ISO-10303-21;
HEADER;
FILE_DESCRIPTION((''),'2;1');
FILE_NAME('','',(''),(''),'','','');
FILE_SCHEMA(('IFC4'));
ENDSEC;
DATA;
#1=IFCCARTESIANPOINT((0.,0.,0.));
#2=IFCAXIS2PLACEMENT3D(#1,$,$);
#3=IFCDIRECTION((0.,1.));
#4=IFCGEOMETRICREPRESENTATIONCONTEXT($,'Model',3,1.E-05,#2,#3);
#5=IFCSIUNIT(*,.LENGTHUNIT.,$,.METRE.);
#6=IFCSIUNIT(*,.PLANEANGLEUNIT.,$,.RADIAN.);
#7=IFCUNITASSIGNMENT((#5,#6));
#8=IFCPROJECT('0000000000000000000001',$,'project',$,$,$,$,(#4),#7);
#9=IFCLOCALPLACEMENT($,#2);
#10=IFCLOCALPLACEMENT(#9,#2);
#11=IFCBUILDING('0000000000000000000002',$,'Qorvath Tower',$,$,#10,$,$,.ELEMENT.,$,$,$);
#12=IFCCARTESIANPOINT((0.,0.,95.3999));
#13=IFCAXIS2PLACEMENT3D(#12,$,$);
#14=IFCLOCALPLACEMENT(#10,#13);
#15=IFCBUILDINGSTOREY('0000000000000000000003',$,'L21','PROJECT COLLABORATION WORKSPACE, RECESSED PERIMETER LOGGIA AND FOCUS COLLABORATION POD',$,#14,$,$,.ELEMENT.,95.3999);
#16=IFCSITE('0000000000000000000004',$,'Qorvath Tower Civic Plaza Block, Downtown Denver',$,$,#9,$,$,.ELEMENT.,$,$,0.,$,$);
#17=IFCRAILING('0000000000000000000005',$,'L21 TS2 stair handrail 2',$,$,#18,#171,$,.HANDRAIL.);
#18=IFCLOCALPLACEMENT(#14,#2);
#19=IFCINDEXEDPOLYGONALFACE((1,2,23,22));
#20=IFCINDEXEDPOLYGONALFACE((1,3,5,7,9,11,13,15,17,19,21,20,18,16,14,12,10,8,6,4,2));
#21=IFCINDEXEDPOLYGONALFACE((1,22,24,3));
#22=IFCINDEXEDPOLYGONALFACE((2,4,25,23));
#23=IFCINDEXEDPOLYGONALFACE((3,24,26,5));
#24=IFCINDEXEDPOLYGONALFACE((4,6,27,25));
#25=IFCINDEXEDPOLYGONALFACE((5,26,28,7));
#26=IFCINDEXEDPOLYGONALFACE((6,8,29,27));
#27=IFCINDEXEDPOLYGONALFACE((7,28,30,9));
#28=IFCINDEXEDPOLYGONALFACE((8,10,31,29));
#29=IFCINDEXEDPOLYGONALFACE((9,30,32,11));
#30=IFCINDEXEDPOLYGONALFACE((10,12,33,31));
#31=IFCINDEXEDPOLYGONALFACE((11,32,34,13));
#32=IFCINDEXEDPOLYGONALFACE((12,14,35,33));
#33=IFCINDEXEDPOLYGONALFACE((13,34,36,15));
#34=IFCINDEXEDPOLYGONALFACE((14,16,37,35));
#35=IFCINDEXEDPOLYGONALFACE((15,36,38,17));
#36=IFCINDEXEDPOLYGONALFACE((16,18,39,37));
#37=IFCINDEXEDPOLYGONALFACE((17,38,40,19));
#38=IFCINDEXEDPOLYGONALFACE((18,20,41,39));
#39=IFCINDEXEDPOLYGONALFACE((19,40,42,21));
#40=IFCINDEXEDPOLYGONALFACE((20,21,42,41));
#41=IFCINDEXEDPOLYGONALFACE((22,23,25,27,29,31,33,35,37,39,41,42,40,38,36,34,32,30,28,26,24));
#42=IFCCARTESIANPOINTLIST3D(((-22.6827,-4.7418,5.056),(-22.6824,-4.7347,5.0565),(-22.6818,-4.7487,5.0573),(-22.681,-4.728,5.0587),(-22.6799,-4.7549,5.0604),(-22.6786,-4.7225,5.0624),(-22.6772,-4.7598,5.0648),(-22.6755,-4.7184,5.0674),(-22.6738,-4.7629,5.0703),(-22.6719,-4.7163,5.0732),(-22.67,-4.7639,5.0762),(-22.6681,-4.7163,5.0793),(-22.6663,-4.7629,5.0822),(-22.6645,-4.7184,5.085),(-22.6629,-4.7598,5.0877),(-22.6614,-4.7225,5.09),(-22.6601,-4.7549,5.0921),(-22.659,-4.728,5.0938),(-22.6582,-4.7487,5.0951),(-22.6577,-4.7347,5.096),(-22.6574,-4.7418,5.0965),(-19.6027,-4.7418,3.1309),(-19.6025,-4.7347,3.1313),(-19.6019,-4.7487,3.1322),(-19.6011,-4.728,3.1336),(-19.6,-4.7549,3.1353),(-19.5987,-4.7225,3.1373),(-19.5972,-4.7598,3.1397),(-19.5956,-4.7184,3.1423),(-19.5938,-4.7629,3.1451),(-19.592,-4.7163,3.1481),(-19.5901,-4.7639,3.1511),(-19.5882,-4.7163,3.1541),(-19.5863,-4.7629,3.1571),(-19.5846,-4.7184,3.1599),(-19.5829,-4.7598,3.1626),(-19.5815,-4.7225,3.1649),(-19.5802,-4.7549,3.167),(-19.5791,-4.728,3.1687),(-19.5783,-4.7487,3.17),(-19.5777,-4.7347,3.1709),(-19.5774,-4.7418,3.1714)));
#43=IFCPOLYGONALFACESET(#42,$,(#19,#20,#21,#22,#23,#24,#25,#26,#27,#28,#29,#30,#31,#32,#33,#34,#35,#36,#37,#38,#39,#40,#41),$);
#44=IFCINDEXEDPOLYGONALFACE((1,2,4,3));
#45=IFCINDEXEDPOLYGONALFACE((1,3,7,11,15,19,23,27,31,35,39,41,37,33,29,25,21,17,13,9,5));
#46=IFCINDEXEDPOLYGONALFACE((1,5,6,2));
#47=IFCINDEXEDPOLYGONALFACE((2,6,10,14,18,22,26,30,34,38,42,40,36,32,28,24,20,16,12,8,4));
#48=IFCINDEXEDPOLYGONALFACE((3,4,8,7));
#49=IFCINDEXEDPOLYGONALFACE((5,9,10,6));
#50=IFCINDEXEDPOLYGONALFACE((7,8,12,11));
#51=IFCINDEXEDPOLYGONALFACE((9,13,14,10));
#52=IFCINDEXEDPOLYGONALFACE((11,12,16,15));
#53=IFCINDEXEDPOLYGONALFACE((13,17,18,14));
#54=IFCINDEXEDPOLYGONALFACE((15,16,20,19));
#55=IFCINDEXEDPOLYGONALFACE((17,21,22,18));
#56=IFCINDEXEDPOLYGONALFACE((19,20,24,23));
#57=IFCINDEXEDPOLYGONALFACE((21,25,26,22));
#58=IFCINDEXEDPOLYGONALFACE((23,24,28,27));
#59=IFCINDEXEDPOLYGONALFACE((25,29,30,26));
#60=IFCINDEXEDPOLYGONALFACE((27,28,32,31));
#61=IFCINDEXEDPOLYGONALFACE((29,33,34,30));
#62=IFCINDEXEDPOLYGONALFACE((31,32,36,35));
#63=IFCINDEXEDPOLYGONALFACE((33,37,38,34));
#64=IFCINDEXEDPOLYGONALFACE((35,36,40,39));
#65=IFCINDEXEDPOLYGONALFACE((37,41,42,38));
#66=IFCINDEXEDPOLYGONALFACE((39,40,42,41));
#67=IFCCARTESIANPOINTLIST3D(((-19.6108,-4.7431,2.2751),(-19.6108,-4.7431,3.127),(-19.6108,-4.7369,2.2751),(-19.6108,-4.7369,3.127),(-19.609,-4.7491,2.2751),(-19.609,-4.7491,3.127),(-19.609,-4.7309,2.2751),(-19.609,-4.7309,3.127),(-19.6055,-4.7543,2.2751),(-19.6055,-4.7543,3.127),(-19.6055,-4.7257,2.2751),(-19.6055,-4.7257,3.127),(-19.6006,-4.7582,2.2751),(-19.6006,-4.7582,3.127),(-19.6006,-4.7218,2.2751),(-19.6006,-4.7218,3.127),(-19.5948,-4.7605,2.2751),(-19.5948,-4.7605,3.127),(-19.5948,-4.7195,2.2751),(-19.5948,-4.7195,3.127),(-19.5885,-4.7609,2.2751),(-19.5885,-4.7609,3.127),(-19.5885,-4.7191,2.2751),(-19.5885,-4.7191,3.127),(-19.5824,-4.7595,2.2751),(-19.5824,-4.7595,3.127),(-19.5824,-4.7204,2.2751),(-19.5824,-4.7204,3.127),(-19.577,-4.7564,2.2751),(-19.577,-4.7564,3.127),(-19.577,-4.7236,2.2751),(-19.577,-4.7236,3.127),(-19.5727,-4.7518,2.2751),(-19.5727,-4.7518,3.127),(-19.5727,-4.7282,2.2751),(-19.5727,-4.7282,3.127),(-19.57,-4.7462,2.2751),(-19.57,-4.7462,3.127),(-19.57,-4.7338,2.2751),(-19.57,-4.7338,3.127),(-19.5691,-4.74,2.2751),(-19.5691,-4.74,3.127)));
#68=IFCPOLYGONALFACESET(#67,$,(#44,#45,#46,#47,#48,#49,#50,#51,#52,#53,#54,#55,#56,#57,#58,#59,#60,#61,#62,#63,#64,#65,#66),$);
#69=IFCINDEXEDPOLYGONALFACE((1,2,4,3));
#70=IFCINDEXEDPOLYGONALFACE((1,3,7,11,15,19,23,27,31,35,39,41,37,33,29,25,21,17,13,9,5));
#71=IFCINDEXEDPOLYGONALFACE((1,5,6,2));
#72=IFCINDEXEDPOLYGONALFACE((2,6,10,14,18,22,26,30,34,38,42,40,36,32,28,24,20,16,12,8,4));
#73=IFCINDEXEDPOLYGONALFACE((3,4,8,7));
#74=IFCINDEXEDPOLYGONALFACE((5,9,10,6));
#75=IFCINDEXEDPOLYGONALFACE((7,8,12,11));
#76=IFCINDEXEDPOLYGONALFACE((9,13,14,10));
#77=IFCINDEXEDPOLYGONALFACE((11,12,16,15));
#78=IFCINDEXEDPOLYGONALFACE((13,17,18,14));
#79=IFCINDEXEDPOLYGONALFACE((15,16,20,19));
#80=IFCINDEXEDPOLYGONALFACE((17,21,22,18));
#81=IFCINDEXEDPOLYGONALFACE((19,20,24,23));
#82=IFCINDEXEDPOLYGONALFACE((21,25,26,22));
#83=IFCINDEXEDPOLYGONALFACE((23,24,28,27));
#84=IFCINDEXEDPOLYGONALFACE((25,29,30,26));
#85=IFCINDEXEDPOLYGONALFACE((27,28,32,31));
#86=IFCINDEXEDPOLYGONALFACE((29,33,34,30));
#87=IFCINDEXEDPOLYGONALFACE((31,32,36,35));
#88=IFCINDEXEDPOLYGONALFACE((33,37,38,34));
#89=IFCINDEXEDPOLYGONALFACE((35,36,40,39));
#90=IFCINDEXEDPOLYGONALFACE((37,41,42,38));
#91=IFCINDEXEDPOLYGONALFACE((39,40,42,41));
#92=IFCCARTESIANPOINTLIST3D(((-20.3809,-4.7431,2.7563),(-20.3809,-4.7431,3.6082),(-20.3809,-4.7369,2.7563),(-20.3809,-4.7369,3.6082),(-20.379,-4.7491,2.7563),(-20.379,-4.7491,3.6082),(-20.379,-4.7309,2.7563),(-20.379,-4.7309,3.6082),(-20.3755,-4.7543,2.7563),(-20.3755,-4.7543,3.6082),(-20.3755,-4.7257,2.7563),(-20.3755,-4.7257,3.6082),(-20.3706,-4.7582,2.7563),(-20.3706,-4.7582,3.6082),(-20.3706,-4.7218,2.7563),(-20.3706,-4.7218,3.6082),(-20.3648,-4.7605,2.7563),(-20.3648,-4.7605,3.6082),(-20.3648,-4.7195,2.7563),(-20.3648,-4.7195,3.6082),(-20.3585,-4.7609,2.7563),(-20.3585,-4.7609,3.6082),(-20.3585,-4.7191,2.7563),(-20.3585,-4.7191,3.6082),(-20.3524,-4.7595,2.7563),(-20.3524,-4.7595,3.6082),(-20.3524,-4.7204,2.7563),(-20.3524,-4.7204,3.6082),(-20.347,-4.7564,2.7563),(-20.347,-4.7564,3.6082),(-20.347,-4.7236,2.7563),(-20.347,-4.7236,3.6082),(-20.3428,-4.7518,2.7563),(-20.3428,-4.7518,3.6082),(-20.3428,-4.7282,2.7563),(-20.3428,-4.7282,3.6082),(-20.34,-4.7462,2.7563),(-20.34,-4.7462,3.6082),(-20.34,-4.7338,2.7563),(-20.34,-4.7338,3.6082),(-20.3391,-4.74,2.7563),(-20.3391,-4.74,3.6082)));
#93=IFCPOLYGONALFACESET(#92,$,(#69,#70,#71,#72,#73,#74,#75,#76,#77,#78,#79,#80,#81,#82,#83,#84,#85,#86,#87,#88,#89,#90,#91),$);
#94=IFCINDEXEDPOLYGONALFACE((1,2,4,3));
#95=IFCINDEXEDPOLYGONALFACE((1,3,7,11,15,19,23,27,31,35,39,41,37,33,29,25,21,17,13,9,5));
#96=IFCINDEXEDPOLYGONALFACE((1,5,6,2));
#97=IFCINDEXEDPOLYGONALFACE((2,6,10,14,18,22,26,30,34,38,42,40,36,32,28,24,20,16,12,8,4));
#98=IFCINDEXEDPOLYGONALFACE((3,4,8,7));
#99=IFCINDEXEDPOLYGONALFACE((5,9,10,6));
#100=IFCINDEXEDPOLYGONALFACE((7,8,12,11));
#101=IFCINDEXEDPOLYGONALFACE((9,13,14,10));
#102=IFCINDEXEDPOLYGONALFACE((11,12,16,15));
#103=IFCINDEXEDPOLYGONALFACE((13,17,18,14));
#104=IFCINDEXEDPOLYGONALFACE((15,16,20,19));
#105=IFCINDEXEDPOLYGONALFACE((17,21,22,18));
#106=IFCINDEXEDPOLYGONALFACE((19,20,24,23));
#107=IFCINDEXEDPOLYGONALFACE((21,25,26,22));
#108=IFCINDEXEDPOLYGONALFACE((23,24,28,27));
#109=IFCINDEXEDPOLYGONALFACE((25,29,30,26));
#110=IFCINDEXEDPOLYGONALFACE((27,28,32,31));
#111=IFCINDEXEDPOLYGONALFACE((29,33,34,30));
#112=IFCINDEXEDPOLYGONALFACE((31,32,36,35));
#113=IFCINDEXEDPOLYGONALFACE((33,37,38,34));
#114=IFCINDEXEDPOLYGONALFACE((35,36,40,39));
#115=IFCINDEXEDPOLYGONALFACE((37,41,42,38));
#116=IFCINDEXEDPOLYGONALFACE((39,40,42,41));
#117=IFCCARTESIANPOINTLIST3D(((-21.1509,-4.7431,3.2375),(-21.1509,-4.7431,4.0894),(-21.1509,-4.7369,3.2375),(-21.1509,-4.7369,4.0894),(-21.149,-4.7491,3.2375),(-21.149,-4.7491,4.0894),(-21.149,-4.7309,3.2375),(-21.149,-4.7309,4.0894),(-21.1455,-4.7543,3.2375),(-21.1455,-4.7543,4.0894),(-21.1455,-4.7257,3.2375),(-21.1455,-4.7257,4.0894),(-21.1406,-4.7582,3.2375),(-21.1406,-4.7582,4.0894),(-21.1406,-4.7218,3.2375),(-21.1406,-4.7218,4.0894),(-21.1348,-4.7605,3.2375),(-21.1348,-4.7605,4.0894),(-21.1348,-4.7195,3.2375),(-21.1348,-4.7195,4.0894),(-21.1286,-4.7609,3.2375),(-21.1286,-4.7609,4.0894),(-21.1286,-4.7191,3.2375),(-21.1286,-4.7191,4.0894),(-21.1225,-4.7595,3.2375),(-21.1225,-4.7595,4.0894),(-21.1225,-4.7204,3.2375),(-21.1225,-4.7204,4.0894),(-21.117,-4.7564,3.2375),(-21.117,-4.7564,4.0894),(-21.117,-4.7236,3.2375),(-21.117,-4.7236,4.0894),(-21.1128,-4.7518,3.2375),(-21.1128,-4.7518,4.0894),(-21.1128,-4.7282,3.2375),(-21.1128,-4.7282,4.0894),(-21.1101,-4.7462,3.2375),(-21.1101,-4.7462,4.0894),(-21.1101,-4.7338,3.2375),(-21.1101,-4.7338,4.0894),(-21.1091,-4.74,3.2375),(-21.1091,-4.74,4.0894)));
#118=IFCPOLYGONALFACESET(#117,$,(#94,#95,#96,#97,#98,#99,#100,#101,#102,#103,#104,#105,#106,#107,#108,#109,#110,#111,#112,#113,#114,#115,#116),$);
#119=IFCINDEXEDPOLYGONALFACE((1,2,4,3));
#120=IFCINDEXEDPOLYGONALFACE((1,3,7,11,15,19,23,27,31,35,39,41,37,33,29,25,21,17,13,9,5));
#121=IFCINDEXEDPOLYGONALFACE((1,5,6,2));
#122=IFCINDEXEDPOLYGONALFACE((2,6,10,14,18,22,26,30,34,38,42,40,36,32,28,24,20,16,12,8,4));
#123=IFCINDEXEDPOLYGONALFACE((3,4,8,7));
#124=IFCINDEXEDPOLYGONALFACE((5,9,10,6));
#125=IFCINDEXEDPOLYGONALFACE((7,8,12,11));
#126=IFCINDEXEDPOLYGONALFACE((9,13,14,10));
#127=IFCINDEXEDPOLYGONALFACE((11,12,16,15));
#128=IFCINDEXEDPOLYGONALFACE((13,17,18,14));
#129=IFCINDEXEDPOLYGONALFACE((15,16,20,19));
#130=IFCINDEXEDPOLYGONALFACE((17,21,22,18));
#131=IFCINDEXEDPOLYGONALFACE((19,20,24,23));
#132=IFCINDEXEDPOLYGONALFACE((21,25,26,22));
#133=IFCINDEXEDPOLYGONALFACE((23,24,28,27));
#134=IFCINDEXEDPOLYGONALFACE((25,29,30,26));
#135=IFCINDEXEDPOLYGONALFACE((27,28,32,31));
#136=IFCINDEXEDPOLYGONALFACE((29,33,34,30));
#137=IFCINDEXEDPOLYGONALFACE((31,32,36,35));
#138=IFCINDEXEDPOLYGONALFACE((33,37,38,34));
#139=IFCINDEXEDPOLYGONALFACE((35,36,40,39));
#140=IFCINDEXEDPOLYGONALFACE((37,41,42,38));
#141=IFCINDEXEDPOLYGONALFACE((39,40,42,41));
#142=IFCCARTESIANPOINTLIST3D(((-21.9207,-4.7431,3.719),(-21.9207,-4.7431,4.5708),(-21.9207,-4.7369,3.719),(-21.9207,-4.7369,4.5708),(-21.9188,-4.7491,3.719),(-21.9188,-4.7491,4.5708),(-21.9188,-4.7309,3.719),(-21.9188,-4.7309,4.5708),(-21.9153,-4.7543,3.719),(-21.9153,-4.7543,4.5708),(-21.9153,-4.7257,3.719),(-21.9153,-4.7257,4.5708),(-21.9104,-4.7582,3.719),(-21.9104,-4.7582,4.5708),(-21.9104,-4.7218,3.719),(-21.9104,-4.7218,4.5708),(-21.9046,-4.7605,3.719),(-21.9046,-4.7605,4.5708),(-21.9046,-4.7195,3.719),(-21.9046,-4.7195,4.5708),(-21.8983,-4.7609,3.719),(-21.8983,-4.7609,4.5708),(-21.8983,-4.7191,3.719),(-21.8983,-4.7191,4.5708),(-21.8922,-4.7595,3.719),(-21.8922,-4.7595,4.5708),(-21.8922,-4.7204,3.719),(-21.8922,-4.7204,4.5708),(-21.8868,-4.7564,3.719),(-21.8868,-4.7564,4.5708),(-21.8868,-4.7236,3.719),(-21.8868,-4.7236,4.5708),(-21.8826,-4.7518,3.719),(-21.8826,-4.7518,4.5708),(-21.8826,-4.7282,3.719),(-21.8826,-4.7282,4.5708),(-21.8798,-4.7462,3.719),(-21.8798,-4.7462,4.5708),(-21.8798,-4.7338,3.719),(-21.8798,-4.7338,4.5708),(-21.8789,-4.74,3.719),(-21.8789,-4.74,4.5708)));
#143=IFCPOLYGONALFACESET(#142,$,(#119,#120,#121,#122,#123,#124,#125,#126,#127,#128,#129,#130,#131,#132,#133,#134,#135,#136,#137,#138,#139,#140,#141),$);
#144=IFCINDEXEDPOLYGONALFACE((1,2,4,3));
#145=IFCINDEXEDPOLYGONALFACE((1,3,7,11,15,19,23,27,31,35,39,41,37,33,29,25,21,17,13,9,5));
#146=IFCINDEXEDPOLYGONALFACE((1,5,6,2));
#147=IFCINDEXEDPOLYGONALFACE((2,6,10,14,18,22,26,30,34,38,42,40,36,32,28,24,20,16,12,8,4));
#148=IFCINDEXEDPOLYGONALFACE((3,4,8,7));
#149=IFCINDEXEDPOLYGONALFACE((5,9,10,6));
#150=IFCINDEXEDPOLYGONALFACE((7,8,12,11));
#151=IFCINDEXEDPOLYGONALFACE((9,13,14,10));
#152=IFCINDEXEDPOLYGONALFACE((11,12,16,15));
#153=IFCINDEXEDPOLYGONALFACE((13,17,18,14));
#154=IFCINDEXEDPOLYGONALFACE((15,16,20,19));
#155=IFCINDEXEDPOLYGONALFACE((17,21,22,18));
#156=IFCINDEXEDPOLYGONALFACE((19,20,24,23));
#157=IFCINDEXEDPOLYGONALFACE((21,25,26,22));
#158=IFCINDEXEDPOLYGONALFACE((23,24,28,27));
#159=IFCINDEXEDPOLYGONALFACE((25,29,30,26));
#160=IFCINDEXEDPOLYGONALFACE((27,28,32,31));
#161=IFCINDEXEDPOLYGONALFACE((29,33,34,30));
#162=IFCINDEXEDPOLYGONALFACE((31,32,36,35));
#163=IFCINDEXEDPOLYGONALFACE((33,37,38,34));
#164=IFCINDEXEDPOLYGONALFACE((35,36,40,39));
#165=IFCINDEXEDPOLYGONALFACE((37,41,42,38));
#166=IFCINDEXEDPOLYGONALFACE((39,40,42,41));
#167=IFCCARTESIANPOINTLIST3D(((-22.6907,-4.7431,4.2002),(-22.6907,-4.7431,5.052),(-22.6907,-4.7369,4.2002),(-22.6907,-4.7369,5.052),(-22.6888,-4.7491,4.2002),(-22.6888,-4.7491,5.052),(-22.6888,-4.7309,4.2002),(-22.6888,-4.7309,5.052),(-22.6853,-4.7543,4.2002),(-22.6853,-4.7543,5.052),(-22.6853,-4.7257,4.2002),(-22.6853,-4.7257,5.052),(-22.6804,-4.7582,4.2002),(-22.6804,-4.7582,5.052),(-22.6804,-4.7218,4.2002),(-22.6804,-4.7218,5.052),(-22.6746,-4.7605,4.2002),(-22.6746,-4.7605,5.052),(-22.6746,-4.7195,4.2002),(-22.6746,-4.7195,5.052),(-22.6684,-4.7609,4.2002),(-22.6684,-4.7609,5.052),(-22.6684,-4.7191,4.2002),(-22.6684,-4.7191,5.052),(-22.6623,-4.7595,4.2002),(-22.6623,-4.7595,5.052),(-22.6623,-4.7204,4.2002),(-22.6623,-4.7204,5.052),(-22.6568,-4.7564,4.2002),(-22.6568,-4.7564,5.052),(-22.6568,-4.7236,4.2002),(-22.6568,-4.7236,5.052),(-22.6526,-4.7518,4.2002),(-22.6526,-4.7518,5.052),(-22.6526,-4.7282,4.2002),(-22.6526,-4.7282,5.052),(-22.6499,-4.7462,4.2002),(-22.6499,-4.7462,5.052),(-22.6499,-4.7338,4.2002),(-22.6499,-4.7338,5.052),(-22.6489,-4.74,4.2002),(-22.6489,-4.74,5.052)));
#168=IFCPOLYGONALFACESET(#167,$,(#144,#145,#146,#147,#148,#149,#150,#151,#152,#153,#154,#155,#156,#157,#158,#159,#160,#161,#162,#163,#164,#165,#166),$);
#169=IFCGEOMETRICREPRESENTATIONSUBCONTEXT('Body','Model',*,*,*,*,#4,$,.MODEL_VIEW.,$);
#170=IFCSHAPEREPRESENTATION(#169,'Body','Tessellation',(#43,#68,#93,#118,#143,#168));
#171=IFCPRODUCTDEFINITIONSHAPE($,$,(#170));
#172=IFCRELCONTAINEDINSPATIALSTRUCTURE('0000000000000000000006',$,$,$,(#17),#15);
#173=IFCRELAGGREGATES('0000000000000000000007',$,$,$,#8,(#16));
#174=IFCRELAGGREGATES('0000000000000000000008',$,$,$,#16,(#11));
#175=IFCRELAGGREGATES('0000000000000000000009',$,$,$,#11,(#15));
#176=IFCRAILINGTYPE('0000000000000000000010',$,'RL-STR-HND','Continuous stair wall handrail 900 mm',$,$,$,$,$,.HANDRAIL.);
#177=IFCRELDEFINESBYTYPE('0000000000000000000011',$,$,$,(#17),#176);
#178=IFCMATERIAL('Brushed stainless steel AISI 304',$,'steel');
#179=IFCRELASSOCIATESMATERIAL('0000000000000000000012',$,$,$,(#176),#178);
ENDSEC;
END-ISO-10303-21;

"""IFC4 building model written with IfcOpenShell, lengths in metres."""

from ifc_helpers import new_model, si_unit, direction, frame, origin, origin_2d, place, context, subcontext, project, spatial, circle, extrude, material, type_object, element, save


model = new_model("IFC4")

# Units and contexts
model_context = context("Model", 3, precision=1e-05, world=origin(), true_north=direction((0.0, 1.0)))
body_context = subcontext(model_context, "Body", "Model", "MODEL_VIEW")
ifc_project = project(units=[si_unit("LENGTHUNIT", "METRE"), si_unit("PLANEANGLEUNIT", "RADIAN")], contexts=[model_context])

# Site, building, storey
site_placement = place(None, origin())
site = spatial("IfcSite", under=ifc_project, at=site_placement, Name="Qorvath Tower Civic Plaza Block, Downtown Denver", CompositionType="ELEMENT", RefElevation=0.0)
building_placement = place(site_placement, origin())
building = spatial("IfcBuilding", under=site, at=building_placement, Name="Qorvath Tower", CompositionType="ELEMENT")
storey_placement = place(building_placement, frame((0.0, 0.0, 95.3999)))
storey = spatial("IfcBuildingStorey", under=building, at=storey_placement, Name="L21", Description="PROJECT COLLABORATION WORKSPACE, RECESSED PERIMETER LOGGIA AND FOCUS COLLABORATION POD", CompositionType="ELEMENT", Elevation=95.3999)

# Railing
ifc_material_1 = material(Name="Brushed stainless steel AISI 304", Category="steel")
railing_type_1 = type_object("IfcRailingType", Name="RL-STR-HND", Description="Continuous stair wall handrail 900 mm", PredefinedType="HANDRAIL", material=ifc_material_1)
railing_1_placement = place(storey_placement, frame((-19.5901, -4.74, 2.2751)))
element("IfcRailing", 1, at=railing_1_placement, inside=storey, type_object=railing_type_1, Name="L21 TS2 stair handrail 2", PredefinedType="HANDRAIL", context=body_context, shape_type="SweptSolid", body=[
    extrude(circle(Radius=0.0239, at=origin_2d()), frame((0.0, 0.0, 0.876), z_axis=(-0.847979, 0.0, 0.530029), x_axis=(0.0, -1.0, 0.0)), (0.0, 0.0, 1.0), 3.6321),
    extrude(circle(Radius=0.021, at=origin_2d()), origin(), (0.0, 0.0, 1.0), 0.8518),
    extrude(circle(Radius=0.021, at=origin_2d()), frame((-0.77, 0.0, 0.4812)), (0.0, 0.0, 1.0), 0.8518),
    extrude(circle(Radius=0.021, at=origin_2d()), frame((-1.54, 0.0, 0.9624)), (0.0, 0.0, 1.0), 0.8518),
    extrude(circle(Radius=0.021, at=origin_2d()), frame((-2.3098, 0.0, 1.4438)), (0.0, 0.0, 1.0), 0.8518),
    extrude(circle(Radius=0.021, at=origin_2d()), frame((-3.0798, 0.0, 1.925)), (0.0, 0.0, 1.0), 0.8518),
])

save(model, "model.ifc")
